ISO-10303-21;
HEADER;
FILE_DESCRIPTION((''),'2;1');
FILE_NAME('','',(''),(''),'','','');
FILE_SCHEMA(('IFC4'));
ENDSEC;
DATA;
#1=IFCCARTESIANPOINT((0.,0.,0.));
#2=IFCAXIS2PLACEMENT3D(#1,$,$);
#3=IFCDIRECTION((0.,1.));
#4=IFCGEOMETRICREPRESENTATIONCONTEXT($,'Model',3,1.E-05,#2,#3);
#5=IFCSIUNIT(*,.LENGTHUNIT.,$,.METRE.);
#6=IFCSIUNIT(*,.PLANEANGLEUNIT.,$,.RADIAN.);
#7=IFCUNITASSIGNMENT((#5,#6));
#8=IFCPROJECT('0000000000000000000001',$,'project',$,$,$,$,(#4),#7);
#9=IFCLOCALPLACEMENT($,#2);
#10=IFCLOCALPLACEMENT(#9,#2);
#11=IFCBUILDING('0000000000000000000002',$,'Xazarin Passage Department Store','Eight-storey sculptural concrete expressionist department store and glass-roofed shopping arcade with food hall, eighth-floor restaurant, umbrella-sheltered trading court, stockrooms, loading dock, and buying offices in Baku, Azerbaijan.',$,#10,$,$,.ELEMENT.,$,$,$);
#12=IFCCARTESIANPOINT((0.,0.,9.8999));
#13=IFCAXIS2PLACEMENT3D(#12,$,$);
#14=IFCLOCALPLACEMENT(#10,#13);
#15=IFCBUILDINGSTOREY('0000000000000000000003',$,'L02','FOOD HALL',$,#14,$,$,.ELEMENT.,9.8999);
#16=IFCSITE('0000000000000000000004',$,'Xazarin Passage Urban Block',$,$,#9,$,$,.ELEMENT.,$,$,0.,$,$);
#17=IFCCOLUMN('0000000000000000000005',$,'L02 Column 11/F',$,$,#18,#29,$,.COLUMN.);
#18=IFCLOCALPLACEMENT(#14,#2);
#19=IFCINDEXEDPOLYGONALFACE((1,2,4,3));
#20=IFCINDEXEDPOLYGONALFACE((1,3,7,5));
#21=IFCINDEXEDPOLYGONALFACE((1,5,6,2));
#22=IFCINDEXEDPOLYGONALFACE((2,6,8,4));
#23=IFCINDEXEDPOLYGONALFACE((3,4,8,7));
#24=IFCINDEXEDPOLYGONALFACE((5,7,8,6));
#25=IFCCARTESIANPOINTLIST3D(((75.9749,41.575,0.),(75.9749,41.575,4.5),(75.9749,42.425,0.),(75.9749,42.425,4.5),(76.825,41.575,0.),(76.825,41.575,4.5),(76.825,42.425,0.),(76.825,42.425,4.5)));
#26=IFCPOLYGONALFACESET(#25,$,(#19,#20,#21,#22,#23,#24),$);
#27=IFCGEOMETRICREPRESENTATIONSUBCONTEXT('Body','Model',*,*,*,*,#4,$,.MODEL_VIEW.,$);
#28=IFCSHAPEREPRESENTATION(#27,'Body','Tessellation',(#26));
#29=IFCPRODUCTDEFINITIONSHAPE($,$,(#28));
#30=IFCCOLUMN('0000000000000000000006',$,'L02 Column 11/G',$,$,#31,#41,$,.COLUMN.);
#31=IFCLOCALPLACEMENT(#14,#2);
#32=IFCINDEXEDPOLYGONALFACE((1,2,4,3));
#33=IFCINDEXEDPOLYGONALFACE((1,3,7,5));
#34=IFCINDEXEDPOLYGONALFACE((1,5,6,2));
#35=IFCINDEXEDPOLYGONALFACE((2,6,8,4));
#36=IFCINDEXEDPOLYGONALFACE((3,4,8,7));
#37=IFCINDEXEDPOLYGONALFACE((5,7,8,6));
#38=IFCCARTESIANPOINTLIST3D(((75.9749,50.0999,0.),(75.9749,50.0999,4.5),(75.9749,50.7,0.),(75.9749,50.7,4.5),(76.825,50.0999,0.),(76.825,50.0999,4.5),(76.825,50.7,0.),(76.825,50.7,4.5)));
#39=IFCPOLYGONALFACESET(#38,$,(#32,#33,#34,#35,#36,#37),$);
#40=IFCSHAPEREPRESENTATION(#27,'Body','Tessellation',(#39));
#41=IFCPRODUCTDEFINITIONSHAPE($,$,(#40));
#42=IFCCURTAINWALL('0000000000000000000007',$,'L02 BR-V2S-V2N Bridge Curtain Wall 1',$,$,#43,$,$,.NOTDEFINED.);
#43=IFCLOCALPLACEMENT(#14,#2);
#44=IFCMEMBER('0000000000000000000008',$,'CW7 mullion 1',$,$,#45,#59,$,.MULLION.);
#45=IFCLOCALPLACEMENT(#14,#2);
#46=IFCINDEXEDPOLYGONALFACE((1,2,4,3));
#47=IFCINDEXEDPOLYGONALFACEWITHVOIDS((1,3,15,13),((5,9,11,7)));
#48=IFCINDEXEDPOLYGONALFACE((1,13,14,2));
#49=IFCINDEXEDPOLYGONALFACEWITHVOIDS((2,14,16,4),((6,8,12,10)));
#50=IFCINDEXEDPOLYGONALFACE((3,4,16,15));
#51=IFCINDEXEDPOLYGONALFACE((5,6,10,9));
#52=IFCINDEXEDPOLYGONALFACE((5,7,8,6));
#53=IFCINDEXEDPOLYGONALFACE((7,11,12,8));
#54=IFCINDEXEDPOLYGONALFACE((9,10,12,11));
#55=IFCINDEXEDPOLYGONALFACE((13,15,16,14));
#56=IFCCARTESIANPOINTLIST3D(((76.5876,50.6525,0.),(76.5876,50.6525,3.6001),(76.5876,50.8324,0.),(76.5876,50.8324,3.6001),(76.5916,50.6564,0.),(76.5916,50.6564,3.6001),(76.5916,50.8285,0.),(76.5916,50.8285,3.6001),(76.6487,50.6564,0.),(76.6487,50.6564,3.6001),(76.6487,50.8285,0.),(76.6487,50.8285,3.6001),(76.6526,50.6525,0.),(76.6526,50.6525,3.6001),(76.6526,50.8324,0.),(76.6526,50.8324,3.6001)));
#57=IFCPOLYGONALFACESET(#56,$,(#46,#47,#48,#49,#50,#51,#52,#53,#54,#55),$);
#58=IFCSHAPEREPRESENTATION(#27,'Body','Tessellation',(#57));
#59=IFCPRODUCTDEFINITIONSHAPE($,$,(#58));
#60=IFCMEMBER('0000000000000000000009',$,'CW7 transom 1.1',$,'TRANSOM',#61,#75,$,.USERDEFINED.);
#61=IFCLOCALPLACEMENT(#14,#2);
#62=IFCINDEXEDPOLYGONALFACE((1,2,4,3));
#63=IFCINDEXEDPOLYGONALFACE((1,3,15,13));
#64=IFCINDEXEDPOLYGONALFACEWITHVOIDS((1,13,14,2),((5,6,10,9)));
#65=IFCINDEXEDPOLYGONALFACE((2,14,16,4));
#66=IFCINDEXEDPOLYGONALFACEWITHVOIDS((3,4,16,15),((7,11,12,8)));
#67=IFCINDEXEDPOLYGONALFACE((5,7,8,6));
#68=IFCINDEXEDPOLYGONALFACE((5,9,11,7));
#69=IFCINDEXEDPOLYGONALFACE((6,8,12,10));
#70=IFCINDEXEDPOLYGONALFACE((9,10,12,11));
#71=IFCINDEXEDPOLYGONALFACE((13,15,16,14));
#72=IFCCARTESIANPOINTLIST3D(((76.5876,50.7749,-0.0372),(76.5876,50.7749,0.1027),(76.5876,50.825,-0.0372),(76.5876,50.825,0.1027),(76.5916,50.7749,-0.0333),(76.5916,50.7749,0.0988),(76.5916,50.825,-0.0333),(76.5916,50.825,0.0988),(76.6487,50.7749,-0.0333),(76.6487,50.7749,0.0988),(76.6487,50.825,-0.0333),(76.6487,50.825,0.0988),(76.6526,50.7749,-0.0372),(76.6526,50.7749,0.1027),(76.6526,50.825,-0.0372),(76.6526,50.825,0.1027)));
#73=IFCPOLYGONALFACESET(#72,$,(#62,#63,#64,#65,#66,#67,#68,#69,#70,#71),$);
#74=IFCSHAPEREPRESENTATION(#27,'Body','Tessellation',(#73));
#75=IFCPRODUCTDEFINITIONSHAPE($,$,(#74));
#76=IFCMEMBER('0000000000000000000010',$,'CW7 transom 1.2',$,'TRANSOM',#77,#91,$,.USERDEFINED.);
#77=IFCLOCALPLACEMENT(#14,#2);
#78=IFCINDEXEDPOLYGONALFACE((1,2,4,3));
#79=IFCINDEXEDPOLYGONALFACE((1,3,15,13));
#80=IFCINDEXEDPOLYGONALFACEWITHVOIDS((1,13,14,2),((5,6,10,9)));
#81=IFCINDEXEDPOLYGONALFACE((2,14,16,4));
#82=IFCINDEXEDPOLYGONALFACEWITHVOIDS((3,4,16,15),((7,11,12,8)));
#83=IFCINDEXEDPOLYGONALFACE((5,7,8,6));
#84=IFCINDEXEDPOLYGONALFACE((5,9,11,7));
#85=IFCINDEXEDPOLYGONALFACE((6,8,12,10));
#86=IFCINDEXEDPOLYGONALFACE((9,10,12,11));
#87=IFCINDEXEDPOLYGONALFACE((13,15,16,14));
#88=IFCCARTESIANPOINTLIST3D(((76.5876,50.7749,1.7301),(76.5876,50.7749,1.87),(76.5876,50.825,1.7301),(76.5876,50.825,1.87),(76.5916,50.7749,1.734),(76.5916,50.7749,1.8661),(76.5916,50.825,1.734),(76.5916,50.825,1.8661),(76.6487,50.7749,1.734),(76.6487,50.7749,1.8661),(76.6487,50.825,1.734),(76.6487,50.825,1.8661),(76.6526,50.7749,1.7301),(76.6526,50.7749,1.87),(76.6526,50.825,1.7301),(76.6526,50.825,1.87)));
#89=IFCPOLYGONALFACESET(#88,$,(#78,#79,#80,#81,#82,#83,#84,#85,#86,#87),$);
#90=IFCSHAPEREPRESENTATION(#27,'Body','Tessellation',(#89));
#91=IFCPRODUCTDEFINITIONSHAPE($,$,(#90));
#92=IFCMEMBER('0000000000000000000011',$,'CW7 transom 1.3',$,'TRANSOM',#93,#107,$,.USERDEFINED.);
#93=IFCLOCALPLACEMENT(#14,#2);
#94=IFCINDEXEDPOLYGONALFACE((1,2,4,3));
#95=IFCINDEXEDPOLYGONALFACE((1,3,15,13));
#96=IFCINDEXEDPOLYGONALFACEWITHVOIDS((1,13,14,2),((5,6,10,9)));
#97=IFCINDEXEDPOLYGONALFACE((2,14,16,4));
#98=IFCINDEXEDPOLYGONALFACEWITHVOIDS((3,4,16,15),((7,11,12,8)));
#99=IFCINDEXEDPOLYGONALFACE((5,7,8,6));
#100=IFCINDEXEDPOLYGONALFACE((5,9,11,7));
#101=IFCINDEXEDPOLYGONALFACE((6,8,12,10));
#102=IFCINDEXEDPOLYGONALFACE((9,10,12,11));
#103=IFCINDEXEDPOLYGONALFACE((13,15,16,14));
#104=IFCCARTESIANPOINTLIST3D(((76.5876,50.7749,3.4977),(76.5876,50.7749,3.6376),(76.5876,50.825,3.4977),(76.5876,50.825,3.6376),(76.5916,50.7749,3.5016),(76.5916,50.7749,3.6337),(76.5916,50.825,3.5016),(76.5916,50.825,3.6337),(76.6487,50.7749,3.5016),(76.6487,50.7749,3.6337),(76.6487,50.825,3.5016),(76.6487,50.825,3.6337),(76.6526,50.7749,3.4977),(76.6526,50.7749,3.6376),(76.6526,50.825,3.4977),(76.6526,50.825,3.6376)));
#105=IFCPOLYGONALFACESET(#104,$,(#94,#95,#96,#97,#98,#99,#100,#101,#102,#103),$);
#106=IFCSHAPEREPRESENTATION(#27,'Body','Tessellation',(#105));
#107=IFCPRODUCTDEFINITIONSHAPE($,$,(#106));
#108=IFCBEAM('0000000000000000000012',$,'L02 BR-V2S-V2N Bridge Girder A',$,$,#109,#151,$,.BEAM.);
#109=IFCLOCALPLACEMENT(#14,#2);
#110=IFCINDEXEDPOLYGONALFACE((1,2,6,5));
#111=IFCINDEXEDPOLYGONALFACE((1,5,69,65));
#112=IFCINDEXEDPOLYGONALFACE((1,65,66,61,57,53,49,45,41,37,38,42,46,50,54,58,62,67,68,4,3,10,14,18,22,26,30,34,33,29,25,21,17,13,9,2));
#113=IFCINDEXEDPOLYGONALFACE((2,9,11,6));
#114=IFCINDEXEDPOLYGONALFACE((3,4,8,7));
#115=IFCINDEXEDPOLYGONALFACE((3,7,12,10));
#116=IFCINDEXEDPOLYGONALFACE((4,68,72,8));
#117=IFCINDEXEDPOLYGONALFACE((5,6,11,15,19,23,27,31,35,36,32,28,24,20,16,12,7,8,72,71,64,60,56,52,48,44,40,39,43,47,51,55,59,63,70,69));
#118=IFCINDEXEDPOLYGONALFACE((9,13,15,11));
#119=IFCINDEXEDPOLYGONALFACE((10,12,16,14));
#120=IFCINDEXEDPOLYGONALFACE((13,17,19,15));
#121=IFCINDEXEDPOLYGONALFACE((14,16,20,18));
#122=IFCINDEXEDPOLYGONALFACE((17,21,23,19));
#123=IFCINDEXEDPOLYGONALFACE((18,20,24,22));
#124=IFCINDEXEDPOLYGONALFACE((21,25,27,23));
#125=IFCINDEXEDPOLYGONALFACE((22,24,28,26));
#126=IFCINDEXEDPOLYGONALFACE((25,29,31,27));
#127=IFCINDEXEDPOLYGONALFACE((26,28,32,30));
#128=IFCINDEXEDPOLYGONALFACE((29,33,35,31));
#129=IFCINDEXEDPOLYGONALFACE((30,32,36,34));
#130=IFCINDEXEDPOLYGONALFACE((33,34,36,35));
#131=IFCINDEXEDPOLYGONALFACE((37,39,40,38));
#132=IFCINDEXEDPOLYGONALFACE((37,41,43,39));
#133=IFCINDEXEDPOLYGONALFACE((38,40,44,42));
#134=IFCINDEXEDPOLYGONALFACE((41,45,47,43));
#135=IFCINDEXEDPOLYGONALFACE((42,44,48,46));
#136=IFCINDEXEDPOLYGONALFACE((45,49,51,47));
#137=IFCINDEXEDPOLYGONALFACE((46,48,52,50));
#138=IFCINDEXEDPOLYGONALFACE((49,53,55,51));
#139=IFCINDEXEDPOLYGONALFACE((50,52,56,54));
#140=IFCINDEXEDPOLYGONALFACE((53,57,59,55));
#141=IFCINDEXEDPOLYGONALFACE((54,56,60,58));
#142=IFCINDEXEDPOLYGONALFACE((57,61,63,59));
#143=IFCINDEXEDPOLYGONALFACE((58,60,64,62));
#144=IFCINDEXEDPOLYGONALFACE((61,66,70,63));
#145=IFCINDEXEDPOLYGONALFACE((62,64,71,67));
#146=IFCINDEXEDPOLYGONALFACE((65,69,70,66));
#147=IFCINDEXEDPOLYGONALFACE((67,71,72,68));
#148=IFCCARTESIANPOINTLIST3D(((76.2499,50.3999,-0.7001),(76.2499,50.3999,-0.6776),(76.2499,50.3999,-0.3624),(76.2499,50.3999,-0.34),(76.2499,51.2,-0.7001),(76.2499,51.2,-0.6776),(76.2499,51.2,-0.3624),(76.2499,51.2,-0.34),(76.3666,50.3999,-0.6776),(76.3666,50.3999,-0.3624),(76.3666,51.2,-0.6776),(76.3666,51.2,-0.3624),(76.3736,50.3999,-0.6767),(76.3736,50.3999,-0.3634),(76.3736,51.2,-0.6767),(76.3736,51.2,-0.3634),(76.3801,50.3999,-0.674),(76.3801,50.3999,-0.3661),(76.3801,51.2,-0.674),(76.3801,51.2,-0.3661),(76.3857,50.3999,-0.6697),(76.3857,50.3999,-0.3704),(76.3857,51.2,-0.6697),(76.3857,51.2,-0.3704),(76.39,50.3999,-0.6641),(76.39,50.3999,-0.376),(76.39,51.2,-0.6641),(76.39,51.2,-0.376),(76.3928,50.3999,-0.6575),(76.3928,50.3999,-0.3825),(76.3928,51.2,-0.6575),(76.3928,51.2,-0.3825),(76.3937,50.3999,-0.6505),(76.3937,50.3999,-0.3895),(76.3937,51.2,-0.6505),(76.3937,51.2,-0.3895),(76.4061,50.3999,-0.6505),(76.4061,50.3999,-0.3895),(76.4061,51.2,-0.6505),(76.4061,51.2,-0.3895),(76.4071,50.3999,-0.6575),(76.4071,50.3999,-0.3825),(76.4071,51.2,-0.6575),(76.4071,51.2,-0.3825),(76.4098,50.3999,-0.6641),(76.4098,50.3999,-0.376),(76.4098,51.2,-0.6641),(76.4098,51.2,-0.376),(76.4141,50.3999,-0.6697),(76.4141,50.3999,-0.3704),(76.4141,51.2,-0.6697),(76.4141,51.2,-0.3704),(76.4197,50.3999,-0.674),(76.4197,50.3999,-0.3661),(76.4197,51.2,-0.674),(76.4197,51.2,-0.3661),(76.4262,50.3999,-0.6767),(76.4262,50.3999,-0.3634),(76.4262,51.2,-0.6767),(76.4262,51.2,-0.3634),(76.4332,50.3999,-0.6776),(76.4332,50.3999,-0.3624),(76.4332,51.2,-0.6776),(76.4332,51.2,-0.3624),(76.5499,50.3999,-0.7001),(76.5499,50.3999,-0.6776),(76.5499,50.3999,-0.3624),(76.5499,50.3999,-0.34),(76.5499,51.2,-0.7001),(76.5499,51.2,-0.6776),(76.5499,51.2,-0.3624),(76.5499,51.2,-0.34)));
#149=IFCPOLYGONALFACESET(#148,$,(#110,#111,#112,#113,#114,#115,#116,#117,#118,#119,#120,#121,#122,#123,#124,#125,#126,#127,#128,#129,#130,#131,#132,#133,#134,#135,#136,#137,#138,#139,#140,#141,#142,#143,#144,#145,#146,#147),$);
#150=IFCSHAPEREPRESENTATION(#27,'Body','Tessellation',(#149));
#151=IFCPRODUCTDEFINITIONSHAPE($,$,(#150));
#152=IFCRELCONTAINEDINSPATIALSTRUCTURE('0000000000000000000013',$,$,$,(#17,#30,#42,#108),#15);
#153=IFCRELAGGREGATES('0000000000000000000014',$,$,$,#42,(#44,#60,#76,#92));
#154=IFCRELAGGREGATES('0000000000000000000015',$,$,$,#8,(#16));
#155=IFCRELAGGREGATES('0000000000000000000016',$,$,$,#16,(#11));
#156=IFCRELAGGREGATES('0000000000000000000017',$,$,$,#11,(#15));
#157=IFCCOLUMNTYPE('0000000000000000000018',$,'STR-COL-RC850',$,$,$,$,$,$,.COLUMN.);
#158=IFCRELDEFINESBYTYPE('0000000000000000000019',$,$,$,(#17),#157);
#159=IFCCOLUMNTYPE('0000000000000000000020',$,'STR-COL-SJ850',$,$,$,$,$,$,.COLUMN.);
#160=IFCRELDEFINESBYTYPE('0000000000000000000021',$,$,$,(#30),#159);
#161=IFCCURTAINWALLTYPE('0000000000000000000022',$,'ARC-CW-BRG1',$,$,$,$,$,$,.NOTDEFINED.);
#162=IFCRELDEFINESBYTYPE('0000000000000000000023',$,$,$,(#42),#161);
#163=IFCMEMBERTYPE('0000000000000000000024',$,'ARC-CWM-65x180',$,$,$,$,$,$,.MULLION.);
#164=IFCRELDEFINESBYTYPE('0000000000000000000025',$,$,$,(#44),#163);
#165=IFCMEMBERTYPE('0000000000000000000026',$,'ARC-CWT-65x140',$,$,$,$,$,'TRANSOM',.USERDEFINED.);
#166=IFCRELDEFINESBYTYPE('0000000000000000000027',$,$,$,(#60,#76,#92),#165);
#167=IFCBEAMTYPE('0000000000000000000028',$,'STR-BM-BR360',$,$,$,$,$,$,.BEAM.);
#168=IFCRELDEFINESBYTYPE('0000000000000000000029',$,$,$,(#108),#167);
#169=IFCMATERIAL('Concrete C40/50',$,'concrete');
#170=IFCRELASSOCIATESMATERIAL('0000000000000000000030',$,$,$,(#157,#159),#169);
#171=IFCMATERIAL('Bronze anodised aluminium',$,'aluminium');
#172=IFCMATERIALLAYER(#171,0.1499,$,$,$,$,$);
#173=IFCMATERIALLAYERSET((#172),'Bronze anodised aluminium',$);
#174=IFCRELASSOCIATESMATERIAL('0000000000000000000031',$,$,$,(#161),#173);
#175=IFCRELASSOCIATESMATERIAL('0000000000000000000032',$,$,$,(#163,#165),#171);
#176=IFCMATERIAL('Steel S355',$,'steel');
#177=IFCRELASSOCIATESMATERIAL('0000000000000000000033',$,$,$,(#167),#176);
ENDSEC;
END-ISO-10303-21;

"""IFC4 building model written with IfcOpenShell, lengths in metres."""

from ifc_helpers import new_model, si_unit, direction, frame, origin, origin_2d, place, context, subcontext, project, spatial, rectangle, hollow_rectangle, i_section, extrude, material, layer, layer_set, material_profile, profile_set, type_object, element, aggregate, save


model = new_model("IFC4")

# Units and contexts
model_context = context("Model", 3, precision=1e-05, world=origin(), true_north=direction((0.0, 1.0)))
body_context = subcontext(model_context, "Body", "Model", "MODEL_VIEW")
ifc_project = project(units=[si_unit("LENGTHUNIT", "METRE"), si_unit("PLANEANGLEUNIT", "RADIAN")], contexts=[model_context])

# Site, building, storey
site_placement = place(None, origin())
site = spatial("IfcSite", under=ifc_project, at=site_placement, Name="Xazarin Passage Urban Block", CompositionType="ELEMENT", RefElevation=0.0)
building_placement = place(site_placement, origin())
building = spatial("IfcBuilding", under=site, at=building_placement, Name="Xazarin Passage Department Store", Description="Eight-storey sculptural concrete expressionist department store and glass-roofed shopping arcade with food hall, eighth-floor restaurant, umbrella-sheltered trading court, stockrooms, loading dock, and buying offices in Baku, Azerbaijan.", CompositionType="ELEMENT")
storey_placement = place(building_placement, frame((0.0, 0.0, 9.8999)))
storey = spatial("IfcBuildingStorey", under=building, at=storey_placement, Name="L02", Description="FOOD HALL", CompositionType="ELEMENT", Elevation=9.8999)

# Columns
ifc_material_1 = material(Name="Concrete C40/50", Category="concrete")
ifc_material_profile_1 = material_profile(ifc_material_1, rectangle(XDim=0.8501, YDim=0.8501, at=origin_2d()), Name="RC 850x850")
ifc_profile_set_1 = profile_set([ifc_material_profile_1], Name="Concrete C40/50")
column_type_1 = type_object("IfcColumnType", Name="STR-COL-RC850", PredefinedType="COLUMN", material=ifc_profile_set_1)
column_1_placement = place(storey_placement, frame((76.3999, 42.0, 0.0), z_axis=(0.0, 0.0, 1.0), x_axis=(1.0, 0.0, 0.0)))
element("IfcColumn", 1, at=column_1_placement, inside=storey, type_object=column_type_1, Name="L02 Column 11/F", PredefinedType="COLUMN", context=body_context, shape_type="SweptSolid", body=[
    extrude(rectangle(XDim=0.8501, YDim=0.8501, at=origin_2d()), origin(), (0.0, 0.0, 1.0), 4.5),
])
ifc_material_profile_2 = material_profile(ifc_material_1, rectangle(XDim=0.6001, YDim=0.8501, at=origin_2d()), Name="RC 600x850")
ifc_profile_set_2 = profile_set([ifc_material_profile_2], Name="Concrete C40/50")
column_type_2 = type_object("IfcColumnType", Name="STR-COL-SJ850", PredefinedType="COLUMN", material=ifc_profile_set_2)
column_2_placement = place(storey_placement, frame((76.3999, 50.3999, 0.0), z_axis=(0.0, 0.0, 1.0), x_axis=(0.0, 1.0, 0.0)))
element("IfcColumn", 2, at=column_2_placement, inside=storey, type_object=column_type_2, Name="L02 Column 11/G", PredefinedType="COLUMN", context=body_context, shape_type="SweptSolid", body=[
    extrude(rectangle(XDim=0.6001, YDim=0.8501, at=origin_2d()), origin(), (0.0, 0.0, 1.0), 4.5),
])

# Curtain wall, members
ifc_material_2 = material(Name="Bronze anodised aluminium", Category="aluminium")
ifc_layer_1 = layer(ifc_material_2, 0.1499)
ifc_layer_set_1 = layer_set([ifc_layer_1], Name="Bronze anodised aluminium")
curtain_wall_type = type_object("IfcCurtainWallType", Name="ARC-CW-BRG1", PredefinedType="NOTDEFINED", material=ifc_layer_set_1)
curtain_wall_placement = place(storey_placement, origin())
curtain_wall = element("IfcCurtainWall", 3, at=curtain_wall_placement, inside=storey, type_object=curtain_wall_type, Name="L02 BR-V2S-V2N Bridge Curtain Wall 1", PredefinedType="NOTDEFINED")
ifc_material_profile_3 = material_profile(ifc_material_2, hollow_rectangle(XDim=0.0649, YDim=0.1799, WallThickness=0.0039, at=origin_2d()), Name="ALU 65x180")
ifc_profile_set_3 = profile_set([ifc_material_profile_3], Name="Bronze anodised aluminium")
member_type_1 = type_object("IfcMemberType", Name="ARC-CWM-65x180", PredefinedType="MULLION", material=ifc_profile_set_3)
member_1_placement = place(storey_placement, frame((76.6201, 50.7424, 0.0), z_axis=(0.0, 0.0, 1.0), x_axis=(-1.0, 0.0, 0.0)))
member_1 = element("IfcMember", 4, at=member_1_placement, type_object=member_type_1, Name="CW7 mullion 1", PredefinedType="MULLION", context=body_context, shape_type="SweptSolid", body=[
    extrude(hollow_rectangle(XDim=0.0649, YDim=0.1799, WallThickness=0.0039, at=origin_2d()), origin(), (0.0, 0.0, 1.0), 3.6001),
])
ifc_material_profile_4 = material_profile(ifc_material_2, hollow_rectangle(XDim=0.0649, YDim=0.1399, WallThickness=0.0039, at=origin_2d()), Name="ALU 65x140")
ifc_profile_set_4 = profile_set([ifc_material_profile_4], Name="Bronze anodised aluminium")
member_type_2 = type_object("IfcMemberType", Name="ARC-CWT-65x140", ElementType="TRANSOM", PredefinedType="USERDEFINED", material=ifc_profile_set_4)
member_2_placement = place(storey_placement, frame((76.6201, 50.7749, 0.0327), z_axis=(0.0, 1.0, 0.0), x_axis=(-1.0, 0.0, 0.0)))
member_2 = element("IfcMember", 5, at=member_2_placement, type_object=member_type_2, Name="CW7 transom 1.1", ObjectType="TRANSOM", PredefinedType="USERDEFINED", context=body_context, shape_type="SweptSolid", body=[
    extrude(hollow_rectangle(XDim=0.0649, YDim=0.1399, WallThickness=0.0039, at=origin_2d()), origin(), (0.0, 0.0, 1.0), 0.05),
])
member_3_placement = place(storey_placement, frame((76.6201, 50.7749, 1.8), z_axis=(0.0, 1.0, 0.0), x_axis=(-1.0, 0.0, 0.0)))
member_3 = element("IfcMember", 6, at=member_3_placement, type_object=member_type_2, Name="CW7 transom 1.2", ObjectType="TRANSOM", PredefinedType="USERDEFINED", context=body_context, shape_type="SweptSolid", body=[
    extrude(hollow_rectangle(XDim=0.0649, YDim=0.1399, WallThickness=0.0039, at=origin_2d()), origin(), (0.0, 0.0, 1.0), 0.05),
])
member_4_placement = place(storey_placement, frame((76.6201, 50.7749, 3.5676), z_axis=(0.0, 1.0, 0.0), x_axis=(-1.0, 0.0, 0.0)))
member_4 = element("IfcMember", 7, at=member_4_placement, type_object=member_type_2, Name="CW7 transom 1.3", ObjectType="TRANSOM", PredefinedType="USERDEFINED", context=body_context, shape_type="SweptSolid", body=[
    extrude(hollow_rectangle(XDim=0.0649, YDim=0.1399, WallThickness=0.0039, at=origin_2d()), origin(), (0.0, 0.0, 1.0), 0.05),
])

# Beam
ifc_material_3 = material(Name="Steel S355", Category="steel")
ifc_material_profile_5 = material_profile(ifc_material_3, i_section(OverallWidth=0.3, OverallDepth=0.3601, WebThickness=0.0125, FlangeThickness=0.0225, FilletRadius=0.0271, at=origin_2d()), Name="HEB 360")
ifc_profile_set_5 = profile_set([ifc_material_profile_5], Name="Steel S355")
beam_type_1 = type_object("IfcBeamType", Name="STR-BM-BR360", PredefinedType="BEAM", material=ifc_profile_set_5)
beam_1_placement = place(storey_placement, frame((76.3999, 50.3999, -0.52), z_axis=(0.0, 1.0, 0.0), x_axis=(-1.0, 0.0, 0.0)))
element("IfcBeam", 8, at=beam_1_placement, inside=storey, type_object=beam_type_1, Name="L02 BR-V2S-V2N Bridge Girder A", PredefinedType="BEAM", context=body_context, shape_type="SweptSolid", body=[
    extrude(i_section(OverallWidth=0.3, OverallDepth=0.3601, WebThickness=0.0125, FlangeThickness=0.0225, FilletRadius=0.0271, at=origin_2d()), origin(), (0.0, 0.0, 1.0), 0.8),
])

aggregate(curtain_wall, [member_1, member_2, member_3, member_4])

save(model, "model.ifc")
